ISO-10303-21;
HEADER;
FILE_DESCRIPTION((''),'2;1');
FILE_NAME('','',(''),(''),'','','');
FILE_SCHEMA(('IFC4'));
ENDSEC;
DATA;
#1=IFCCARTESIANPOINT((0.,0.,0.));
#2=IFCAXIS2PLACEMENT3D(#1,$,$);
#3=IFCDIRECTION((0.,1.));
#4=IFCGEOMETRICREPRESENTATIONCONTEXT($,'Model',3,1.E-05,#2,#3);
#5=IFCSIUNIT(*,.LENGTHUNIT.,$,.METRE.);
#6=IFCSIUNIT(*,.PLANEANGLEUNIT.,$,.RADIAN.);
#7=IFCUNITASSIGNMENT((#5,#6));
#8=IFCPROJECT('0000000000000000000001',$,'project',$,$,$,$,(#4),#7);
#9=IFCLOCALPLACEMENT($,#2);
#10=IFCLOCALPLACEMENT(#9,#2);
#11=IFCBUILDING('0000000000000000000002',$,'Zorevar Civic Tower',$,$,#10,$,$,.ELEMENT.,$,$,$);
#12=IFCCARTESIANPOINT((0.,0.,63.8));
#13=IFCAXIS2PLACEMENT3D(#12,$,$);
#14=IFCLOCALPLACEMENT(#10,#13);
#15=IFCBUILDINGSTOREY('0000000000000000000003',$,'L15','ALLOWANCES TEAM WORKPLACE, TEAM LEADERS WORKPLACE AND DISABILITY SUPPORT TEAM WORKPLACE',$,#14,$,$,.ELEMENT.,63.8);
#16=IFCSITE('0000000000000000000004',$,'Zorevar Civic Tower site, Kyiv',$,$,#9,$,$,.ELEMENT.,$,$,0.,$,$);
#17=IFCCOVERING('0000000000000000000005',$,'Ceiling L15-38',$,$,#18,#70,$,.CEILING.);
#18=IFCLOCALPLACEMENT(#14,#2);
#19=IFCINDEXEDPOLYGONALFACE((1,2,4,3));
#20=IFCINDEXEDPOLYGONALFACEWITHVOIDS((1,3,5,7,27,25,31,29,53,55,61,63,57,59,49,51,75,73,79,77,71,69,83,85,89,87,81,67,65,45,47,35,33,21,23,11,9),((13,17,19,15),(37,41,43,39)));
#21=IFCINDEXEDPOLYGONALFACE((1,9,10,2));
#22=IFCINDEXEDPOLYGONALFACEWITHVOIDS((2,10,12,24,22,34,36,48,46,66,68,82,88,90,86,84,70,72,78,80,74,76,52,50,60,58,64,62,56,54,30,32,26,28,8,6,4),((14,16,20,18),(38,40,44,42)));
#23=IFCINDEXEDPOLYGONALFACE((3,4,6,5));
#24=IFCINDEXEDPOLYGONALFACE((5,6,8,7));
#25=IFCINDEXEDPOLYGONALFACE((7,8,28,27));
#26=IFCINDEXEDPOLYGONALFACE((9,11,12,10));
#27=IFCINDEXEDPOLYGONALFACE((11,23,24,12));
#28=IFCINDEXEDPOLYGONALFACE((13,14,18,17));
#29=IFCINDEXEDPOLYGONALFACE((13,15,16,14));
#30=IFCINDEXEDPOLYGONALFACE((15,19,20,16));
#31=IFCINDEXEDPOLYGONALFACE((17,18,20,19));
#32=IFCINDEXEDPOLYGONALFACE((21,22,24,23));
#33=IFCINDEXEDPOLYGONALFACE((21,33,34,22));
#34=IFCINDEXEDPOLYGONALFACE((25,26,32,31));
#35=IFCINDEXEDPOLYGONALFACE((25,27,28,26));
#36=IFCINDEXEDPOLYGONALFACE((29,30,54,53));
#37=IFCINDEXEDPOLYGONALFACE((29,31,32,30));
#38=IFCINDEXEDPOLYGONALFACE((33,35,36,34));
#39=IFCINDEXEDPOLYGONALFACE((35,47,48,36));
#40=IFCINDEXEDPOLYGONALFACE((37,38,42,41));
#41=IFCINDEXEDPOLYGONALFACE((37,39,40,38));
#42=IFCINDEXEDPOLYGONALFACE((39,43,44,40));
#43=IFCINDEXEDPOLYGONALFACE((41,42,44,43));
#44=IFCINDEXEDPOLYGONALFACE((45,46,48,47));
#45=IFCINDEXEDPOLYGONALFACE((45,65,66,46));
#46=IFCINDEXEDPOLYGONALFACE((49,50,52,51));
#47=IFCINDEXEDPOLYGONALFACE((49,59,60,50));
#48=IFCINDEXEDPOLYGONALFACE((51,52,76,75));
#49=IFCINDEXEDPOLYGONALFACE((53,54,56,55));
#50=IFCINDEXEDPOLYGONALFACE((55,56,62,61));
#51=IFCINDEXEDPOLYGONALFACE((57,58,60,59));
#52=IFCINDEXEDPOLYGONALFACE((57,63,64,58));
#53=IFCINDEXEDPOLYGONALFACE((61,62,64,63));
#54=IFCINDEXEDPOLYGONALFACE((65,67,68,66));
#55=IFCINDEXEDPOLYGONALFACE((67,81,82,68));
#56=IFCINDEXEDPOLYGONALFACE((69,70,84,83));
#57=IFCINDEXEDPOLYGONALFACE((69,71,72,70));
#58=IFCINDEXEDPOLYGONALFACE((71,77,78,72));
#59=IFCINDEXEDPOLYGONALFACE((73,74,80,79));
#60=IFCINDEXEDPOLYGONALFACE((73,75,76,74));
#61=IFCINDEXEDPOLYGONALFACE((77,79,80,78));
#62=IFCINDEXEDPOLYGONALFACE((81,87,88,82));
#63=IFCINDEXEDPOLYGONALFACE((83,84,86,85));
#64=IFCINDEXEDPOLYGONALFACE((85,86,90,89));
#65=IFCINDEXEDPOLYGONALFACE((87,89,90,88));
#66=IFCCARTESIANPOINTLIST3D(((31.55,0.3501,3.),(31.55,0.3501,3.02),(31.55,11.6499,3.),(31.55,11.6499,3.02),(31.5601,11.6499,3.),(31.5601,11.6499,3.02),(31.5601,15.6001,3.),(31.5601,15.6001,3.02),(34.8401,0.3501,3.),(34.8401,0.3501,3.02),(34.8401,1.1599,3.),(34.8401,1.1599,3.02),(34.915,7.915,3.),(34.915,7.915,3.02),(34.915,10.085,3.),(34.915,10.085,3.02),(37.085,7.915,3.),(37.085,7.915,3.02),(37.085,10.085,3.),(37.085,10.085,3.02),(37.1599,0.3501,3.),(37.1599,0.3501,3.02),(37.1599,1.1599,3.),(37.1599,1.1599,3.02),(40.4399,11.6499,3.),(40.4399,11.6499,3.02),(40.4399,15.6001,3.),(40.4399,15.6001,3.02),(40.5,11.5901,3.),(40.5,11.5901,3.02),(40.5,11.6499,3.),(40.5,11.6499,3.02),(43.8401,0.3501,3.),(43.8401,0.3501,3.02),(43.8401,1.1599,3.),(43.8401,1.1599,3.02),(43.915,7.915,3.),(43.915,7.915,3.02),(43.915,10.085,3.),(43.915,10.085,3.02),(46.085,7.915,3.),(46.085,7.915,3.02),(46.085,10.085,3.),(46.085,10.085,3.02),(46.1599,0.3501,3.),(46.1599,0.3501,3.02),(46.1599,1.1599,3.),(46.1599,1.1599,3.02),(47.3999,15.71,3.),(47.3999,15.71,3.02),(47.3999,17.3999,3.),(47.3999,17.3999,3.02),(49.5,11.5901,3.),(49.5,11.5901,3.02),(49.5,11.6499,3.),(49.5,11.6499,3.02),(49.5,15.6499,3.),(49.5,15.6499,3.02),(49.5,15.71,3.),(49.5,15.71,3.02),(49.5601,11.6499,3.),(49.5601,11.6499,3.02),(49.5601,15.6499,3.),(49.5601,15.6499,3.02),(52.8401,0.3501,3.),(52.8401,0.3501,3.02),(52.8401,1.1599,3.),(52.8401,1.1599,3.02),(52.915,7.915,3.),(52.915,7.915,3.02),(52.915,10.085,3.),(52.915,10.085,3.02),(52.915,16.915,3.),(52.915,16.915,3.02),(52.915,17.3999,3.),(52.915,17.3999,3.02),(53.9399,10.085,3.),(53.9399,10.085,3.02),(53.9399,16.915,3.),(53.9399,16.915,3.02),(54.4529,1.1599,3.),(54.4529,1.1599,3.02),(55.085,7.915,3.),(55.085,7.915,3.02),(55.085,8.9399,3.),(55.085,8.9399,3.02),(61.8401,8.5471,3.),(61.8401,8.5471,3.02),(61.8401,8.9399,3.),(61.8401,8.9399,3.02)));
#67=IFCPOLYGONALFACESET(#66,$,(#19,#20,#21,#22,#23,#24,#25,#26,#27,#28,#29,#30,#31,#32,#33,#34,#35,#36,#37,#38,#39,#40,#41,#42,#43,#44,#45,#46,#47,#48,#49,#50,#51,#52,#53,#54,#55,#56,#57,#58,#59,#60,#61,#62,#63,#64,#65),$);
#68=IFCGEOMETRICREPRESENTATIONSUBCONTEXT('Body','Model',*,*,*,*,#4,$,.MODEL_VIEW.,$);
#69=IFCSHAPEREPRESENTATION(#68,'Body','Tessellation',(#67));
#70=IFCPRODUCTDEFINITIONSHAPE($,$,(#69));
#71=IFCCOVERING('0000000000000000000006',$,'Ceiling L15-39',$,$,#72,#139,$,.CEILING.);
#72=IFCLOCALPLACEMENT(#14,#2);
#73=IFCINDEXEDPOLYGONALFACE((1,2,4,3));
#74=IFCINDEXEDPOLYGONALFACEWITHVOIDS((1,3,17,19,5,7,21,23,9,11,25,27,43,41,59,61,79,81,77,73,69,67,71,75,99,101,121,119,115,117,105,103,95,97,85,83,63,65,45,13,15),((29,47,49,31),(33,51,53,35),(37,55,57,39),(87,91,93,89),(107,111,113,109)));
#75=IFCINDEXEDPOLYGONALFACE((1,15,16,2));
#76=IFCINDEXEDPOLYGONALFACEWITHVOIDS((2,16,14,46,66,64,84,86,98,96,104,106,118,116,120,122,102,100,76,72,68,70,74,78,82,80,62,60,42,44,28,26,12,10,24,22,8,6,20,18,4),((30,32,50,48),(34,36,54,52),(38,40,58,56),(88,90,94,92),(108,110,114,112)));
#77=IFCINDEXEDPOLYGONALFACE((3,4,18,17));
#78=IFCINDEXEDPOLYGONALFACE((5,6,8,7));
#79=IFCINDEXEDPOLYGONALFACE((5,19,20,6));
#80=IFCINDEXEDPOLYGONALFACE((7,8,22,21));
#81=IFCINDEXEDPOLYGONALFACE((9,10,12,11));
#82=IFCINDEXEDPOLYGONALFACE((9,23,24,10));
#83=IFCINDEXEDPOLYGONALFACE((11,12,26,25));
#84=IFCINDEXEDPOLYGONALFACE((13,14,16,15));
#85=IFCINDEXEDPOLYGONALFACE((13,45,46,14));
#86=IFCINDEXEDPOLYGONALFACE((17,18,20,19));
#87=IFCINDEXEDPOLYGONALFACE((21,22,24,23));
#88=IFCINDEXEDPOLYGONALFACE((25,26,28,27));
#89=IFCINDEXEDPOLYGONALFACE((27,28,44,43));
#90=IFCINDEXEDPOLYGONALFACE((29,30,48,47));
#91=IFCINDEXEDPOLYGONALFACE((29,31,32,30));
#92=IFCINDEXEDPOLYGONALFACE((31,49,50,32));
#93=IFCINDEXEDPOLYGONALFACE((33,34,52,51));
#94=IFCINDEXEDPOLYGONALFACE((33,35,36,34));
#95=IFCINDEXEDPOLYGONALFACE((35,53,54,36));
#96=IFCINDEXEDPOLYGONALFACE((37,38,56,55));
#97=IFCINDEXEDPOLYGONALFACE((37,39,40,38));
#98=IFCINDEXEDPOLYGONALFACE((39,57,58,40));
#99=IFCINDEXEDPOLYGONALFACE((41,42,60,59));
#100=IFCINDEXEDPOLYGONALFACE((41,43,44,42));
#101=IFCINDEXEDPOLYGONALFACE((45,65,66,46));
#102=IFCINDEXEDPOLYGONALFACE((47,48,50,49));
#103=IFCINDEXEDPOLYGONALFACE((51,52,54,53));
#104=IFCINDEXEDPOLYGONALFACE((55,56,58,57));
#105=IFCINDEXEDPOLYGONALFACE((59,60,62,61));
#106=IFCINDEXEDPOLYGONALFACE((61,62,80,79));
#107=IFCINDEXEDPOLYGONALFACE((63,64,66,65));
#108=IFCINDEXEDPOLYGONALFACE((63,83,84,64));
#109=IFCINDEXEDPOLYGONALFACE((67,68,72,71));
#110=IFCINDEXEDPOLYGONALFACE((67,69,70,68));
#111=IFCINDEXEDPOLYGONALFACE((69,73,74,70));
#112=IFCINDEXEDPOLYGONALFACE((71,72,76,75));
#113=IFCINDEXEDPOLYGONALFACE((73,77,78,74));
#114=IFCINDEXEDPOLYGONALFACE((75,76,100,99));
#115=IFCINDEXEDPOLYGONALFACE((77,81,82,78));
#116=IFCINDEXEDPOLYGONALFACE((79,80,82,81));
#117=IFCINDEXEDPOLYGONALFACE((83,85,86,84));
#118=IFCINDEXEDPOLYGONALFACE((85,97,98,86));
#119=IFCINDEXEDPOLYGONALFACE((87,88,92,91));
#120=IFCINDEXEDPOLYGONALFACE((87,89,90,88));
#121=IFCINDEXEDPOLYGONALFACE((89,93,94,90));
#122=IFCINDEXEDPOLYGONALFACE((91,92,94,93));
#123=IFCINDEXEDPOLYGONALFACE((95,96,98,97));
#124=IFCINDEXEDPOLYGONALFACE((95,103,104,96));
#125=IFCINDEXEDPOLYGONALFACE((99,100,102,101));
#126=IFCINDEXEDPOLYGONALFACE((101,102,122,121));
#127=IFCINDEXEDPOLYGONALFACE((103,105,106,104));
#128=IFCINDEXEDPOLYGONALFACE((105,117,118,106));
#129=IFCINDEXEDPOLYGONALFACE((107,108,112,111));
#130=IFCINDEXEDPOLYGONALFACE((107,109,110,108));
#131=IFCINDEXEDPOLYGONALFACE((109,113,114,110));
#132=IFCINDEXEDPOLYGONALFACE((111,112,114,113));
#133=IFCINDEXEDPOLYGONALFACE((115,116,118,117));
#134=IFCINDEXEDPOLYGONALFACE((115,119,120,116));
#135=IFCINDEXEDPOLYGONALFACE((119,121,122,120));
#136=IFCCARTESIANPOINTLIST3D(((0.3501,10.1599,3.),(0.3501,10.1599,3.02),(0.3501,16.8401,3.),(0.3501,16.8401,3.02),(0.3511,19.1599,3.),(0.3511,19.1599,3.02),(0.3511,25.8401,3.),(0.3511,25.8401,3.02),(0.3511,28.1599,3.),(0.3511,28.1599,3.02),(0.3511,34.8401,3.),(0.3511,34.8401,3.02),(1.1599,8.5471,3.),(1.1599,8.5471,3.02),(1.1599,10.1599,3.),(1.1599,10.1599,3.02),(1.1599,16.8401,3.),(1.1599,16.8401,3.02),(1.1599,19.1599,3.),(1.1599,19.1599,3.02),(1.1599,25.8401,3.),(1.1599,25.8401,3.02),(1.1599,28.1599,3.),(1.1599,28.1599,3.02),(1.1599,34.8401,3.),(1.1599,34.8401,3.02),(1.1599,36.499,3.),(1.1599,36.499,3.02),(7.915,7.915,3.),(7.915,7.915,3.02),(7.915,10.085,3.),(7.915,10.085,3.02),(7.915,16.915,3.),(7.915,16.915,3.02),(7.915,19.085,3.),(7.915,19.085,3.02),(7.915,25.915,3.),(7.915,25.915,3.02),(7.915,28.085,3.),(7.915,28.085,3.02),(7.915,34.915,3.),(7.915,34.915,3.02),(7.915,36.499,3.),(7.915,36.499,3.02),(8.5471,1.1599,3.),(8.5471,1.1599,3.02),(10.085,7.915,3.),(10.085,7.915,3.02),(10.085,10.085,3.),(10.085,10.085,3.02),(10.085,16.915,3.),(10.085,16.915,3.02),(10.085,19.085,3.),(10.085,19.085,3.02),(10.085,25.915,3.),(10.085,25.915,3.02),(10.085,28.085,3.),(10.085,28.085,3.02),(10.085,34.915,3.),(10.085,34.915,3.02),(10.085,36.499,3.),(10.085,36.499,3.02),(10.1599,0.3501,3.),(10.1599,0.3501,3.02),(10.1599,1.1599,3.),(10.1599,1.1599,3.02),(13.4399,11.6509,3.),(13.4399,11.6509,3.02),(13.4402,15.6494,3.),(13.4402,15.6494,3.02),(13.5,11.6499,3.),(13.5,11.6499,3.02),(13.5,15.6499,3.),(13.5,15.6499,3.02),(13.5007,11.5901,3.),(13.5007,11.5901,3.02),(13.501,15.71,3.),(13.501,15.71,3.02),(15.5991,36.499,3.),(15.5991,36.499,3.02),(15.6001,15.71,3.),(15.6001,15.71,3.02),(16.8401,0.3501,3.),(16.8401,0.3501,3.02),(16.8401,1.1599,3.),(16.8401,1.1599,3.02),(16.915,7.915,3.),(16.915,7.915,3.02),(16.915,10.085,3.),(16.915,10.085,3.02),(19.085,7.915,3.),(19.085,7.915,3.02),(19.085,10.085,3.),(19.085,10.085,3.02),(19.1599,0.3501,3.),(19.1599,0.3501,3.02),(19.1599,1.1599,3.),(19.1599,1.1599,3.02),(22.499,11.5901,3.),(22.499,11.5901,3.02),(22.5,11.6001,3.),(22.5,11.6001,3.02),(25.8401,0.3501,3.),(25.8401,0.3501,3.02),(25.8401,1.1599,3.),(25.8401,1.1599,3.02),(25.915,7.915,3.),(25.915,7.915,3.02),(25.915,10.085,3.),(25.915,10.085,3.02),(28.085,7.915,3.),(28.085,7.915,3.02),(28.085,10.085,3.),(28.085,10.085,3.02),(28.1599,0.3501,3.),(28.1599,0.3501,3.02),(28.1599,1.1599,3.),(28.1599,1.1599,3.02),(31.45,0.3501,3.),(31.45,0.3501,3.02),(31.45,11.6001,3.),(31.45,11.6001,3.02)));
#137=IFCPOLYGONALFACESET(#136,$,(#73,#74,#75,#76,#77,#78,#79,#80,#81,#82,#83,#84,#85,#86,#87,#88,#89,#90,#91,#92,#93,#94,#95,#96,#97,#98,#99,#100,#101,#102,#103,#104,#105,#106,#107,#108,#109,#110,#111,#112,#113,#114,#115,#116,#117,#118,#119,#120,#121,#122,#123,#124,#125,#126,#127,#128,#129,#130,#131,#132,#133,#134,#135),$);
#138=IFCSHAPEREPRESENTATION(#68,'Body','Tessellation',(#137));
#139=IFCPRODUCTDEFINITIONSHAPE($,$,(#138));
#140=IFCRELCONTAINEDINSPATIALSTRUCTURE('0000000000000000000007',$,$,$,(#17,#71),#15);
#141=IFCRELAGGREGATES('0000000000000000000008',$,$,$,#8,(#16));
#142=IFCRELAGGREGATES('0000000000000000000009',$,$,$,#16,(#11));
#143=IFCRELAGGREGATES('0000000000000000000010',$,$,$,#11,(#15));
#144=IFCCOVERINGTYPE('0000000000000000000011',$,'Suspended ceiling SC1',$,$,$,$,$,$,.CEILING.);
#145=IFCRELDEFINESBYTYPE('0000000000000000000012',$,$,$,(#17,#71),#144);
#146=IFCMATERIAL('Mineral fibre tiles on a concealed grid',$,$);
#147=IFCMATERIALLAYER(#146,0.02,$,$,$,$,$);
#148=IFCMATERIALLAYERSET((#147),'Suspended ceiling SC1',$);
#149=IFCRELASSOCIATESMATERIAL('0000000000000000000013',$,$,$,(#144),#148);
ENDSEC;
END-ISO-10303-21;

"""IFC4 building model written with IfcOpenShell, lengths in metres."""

from ifc_helpers import new_model, si_unit, direction, frame, origin, place, context, subcontext, project, spatial, polyline, outline, extrude, material, layer, layer_set, type_object, element, save


model = new_model("IFC4")

# Units and contexts
model_context = context("Model", 3, precision=1e-05, world=origin(), true_north=direction((0.0, 1.0)))
body_context = subcontext(model_context, "Body", "Model", "MODEL_VIEW")
ifc_project = project(units=[si_unit("LENGTHUNIT", "METRE"), si_unit("PLANEANGLEUNIT", "RADIAN")], contexts=[model_context])

# Site, building, storey
site_placement = place(None, origin())
site = spatial("IfcSite", under=ifc_project, at=site_placement, Name="Zorevar Civic Tower site, Kyiv", CompositionType="ELEMENT", RefElevation=0.0)
building_placement = place(site_placement, origin())
building = spatial("IfcBuilding", under=site, at=building_placement, Name="Zorevar Civic Tower", CompositionType="ELEMENT")
storey_placement = place(building_placement, frame((0.0, 0.0, 63.8)))
storey = spatial("IfcBuildingStorey", under=building, at=storey_placement, Name="L15", Description="ALLOWANCES TEAM WORKPLACE, TEAM LEADERS WORKPLACE AND DISABILITY SUPPORT TEAM WORKPLACE", CompositionType="ELEMENT", Elevation=63.8)

# Coverings
ifc_material_1 = material(Name="Mineral fibre tiles on a concealed grid")
ifc_layer_1 = layer(ifc_material_1, 0.02)
ifc_layer_set_1 = layer_set([ifc_layer_1], Name="Suspended ceiling SC1")
covering_type_1 = type_object("IfcCoveringType", Name="Suspended ceiling SC1", PredefinedType="CEILING", material=ifc_layer_set_1)
covering_1_placement = place(storey_placement, frame((0.0, 0.0, 3.0)))
element("IfcCovering", 1, at=covering_1_placement, inside=storey, type_object=covering_type_1, Name="Ceiling L15-38", PredefinedType="CEILING", context=body_context, shape_type="SweptSolid", body=[
    extrude(outline(polyline([(52.915, 7.915), (55.085, 7.915), (55.085, 8.9399), (61.8401, 8.9399), (61.8401, 8.5471), (54.4529, 1.1599), (52.8401, 1.1599), (52.8401, 0.3501), (46.1599, 0.3501), (46.1599, 1.1599), (43.8401, 1.1599), (43.8401, 0.3501), (37.1599, 0.3501), (37.1599, 1.1599), (34.8401, 1.1599), (34.8401, 0.3501), (31.55, 0.3501), (31.55, 11.6499), (31.5601, 11.6499), (31.5601, 15.6001), (40.4399, 15.6001), (40.4399, 11.6499), (40.5, 11.6499), (40.5, 11.5901), (49.5, 11.5901), (49.5, 11.6499), (49.5601, 11.6499), (49.5601, 15.6499), (49.5, 15.6499), (49.5, 15.71), (47.3999, 15.71), (47.3999, 17.3999), (52.915, 17.3999), (52.915, 16.915), (53.9399, 16.915), (53.9399, 10.085), (52.915, 10.085), (52.915, 7.915)]), holes=[polyline([(37.085, 7.915), (37.085, 10.085), (34.915, 10.085), (34.915, 7.915), (37.085, 7.915)]), polyline([(43.915, 10.085), (43.915, 7.915), (46.085, 7.915), (46.085, 10.085), (43.915, 10.085)])]), origin(), (0.0, 0.0, 1.0), 0.02),
])
covering_2_placement = place(storey_placement, frame((0.0, 0.0, 3.0)))
element("IfcCovering", 2, at=covering_2_placement, inside=storey, type_object=covering_type_1, Name="Ceiling L15-39", PredefinedType="CEILING", context=body_context, shape_type="SweptSolid", body=[
    extrude(outline(polyline([(25.8401, 1.1599), (25.8401, 0.3501), (19.1599, 0.3501), (19.1599, 1.1599), (16.8401, 1.1599), (16.8401, 0.3501), (10.1599, 0.3501), (10.1599, 1.1599), (8.5471, 1.1599), (1.1599, 8.5471), (1.1599, 10.1599), (0.3501, 10.1599), (0.3501, 16.8401), (1.1599, 16.8401), (1.1599, 19.1599), (0.3511, 19.1599), (0.3511, 25.8401), (1.1599, 25.8401), (1.1599, 28.1599), (0.3511, 28.1599), (0.3511, 34.8401), (1.1599, 34.8401), (1.1599, 36.499), (7.915, 36.499), (7.915, 34.915), (10.085, 34.915), (10.085, 36.499), (15.5991, 36.499), (15.6001, 15.71), (13.501, 15.71), (13.5, 15.6499), (13.4402, 15.6494), (13.4399, 11.6509), (13.5, 11.6499), (13.5007, 11.5901), (22.499, 11.5901), (22.5, 11.6001), (31.45, 11.6001), (31.45, 0.3501), (28.1599, 0.3501), (28.1599, 1.1599), (25.8401, 1.1599)]), holes=[polyline([(10.085, 10.085), (7.915, 10.085), (7.915, 7.915), (10.085, 7.915), (10.085, 10.085)]), polyline([(10.085, 16.915), (10.085, 19.085), (7.915, 19.085), (7.915, 16.915), (10.085, 16.915)]), polyline([(7.915, 25.915), (10.085, 25.915), (10.085, 28.085), (7.915, 28.085), (7.915, 25.915)]), polyline([(19.085, 7.915), (19.085, 10.085), (16.915, 10.085), (16.915, 7.915), (19.085, 7.915)]), polyline([(25.915, 10.085), (25.915, 7.915), (28.085, 7.915), (28.085, 10.085), (25.915, 10.085)])]), origin(), (0.0, 0.0, 1.0), 0.02),
])

save(model, "model.ifc")
